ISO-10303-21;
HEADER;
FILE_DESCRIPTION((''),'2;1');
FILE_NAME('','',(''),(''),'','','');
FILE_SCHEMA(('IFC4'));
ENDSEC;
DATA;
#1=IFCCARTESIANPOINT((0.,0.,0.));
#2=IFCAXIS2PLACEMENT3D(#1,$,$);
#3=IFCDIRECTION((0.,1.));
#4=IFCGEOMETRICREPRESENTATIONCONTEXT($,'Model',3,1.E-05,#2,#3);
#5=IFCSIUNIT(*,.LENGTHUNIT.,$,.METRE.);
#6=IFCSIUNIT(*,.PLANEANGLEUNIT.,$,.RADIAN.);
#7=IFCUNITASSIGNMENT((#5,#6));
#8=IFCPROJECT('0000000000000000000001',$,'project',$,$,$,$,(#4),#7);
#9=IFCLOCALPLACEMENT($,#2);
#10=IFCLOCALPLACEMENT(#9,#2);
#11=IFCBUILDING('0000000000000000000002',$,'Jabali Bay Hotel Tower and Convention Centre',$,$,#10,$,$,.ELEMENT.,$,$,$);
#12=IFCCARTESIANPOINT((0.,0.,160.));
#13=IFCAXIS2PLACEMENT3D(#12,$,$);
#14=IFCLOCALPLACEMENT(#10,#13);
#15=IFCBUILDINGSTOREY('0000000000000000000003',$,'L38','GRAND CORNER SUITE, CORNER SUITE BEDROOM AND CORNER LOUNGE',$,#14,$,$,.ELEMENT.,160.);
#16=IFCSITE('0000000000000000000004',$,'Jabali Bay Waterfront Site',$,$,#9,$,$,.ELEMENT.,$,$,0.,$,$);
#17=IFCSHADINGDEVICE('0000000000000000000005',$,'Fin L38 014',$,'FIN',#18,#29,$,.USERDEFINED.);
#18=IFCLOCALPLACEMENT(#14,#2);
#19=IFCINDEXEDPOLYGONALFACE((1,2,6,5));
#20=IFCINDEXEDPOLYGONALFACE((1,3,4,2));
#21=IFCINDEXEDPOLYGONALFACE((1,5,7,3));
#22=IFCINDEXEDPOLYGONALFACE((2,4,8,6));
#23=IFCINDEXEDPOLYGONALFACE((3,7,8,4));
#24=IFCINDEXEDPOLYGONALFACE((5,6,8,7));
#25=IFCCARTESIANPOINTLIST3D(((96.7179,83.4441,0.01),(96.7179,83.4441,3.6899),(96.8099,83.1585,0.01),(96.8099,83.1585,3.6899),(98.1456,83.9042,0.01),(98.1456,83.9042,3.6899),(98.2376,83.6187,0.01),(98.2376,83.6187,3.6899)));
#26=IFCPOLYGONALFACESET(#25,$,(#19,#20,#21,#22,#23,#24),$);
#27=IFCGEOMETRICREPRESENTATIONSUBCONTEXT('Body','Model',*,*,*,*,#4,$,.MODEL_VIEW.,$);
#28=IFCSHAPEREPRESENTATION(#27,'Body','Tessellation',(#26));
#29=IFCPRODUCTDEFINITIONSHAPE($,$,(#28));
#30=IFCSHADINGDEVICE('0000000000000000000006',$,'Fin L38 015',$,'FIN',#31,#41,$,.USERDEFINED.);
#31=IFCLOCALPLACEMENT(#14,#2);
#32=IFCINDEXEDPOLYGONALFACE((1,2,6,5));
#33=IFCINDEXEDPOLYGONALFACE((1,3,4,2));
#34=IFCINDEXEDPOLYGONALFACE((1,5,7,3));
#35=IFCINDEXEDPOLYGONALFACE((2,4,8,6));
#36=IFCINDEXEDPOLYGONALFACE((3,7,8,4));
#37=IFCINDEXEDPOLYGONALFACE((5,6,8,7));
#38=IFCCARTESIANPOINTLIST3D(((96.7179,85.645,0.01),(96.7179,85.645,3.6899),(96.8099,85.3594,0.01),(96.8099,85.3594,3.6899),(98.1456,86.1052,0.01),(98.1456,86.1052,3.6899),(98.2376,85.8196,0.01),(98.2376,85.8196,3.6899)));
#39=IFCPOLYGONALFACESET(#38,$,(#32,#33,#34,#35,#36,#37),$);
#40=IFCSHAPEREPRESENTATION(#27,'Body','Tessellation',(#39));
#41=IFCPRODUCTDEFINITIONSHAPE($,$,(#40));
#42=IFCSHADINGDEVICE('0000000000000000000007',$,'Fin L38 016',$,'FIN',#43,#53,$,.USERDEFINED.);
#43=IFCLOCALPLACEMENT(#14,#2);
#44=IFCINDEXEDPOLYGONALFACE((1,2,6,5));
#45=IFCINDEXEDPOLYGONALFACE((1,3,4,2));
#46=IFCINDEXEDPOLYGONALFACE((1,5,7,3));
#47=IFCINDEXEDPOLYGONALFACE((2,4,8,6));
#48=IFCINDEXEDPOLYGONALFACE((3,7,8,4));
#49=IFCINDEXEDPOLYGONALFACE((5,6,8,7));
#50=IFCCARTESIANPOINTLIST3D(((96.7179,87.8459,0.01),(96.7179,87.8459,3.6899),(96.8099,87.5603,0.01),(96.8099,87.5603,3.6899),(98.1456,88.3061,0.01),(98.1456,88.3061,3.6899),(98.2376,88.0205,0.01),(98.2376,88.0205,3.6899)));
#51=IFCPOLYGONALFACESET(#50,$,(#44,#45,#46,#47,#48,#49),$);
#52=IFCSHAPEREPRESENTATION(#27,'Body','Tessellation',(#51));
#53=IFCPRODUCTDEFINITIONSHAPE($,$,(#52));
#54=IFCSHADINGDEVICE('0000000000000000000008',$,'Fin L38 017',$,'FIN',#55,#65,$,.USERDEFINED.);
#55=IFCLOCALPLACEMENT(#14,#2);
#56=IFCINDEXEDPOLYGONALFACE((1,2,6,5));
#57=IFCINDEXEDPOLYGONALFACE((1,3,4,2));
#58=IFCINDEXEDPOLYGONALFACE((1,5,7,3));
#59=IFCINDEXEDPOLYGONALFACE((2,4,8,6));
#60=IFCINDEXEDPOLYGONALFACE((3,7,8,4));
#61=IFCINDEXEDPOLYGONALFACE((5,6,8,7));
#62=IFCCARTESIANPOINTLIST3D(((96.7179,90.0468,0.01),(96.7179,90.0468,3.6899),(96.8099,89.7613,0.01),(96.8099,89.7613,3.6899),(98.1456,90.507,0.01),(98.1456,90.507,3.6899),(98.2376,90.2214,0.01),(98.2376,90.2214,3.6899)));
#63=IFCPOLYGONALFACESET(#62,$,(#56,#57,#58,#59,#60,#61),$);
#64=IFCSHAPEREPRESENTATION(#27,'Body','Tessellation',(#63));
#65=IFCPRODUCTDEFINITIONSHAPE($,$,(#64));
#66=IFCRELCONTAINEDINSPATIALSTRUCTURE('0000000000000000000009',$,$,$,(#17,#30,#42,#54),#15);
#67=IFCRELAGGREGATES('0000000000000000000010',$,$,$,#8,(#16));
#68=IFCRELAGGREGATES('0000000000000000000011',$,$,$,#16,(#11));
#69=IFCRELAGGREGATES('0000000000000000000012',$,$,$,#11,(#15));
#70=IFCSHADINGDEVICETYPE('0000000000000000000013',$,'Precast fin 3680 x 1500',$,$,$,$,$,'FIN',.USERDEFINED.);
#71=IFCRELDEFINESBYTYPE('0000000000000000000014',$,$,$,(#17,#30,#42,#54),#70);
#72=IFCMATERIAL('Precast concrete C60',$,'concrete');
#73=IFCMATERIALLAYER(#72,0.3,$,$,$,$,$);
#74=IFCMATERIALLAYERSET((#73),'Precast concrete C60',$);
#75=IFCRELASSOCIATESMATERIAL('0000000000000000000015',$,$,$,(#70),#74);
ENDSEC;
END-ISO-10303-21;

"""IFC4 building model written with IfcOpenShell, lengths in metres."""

from ifc_helpers import new_model, si_unit, direction, frame, frame_2d, origin, place, context, subcontext, project, spatial, rectangle, extrude, material, layer, layer_set, type_object, element, save


model = new_model("IFC4")

# Units and contexts
model_context = context("Model", 3, precision=1e-05, world=origin(), true_north=direction((0.0, 1.0)))
body_context = subcontext(model_context, "Body", "Model", "MODEL_VIEW")
ifc_project = project(units=[si_unit("LENGTHUNIT", "METRE"), si_unit("PLANEANGLEUNIT", "RADIAN")], contexts=[model_context])

# Site, building, storey
site_placement = place(None, origin())
site = spatial("IfcSite", under=ifc_project, at=site_placement, Name="Jabali Bay Waterfront Site", CompositionType="ELEMENT", RefElevation=0.0)
building_placement = place(site_placement, origin())
building = spatial("IfcBuilding", under=site, at=building_placement, Name="Jabali Bay Hotel Tower and Convention Centre", CompositionType="ELEMENT")
storey_placement = place(building_placement, frame((0.0, 0.0, 160.0)))
storey = spatial("IfcBuildingStorey", under=building, at=storey_placement, Name="L38", Description="GRAND CORNER SUITE, CORNER SUITE BEDROOM AND CORNER LOUNGE", CompositionType="ELEMENT", Elevation=160.0)

# Shading devices
ifc_material_1 = material(Name="Precast concrete C60", Category="concrete")
ifc_layer_1 = layer(ifc_material_1, 0.3)
ifc_layer_set_1 = layer_set([ifc_layer_1], Name="Precast concrete C60")
shading_device_type = type_object("IfcShadingDeviceType", Name="Precast fin 3680 x 1500", ElementType="FIN", PredefinedType="USERDEFINED", material=ifc_layer_set_1)
for number, where, z_axis, x_axis, name in (
    (1, (96.7639, 83.3013, 0.01), (0.0, 0.0, 1.0), (0.951778, 0.306789, 0.0), "Fin L38 014"),
    (2, (96.7639, 85.5022, 0.01), (0.0, 0.0, 1.0), (0.951778, 0.306789, 0.0), "Fin L38 015"),
    (3, (96.7639, 87.7031, 0.01), (0.0, 0.0, 1.0), (0.951778, 0.306789, 0.0), "Fin L38 016"),
    (4, (96.7639, 89.9041, 0.01), (0.0, 0.0, 1.0), (0.951778, 0.306789, 0.0), "Fin L38 017"),
):
    element("IfcShadingDevice", number, at=place(storey_placement, frame(where, z_axis=z_axis, x_axis=x_axis)), inside=storey, type_object=shading_device_type, Name=name, ObjectType="FIN", PredefinedType="USERDEFINED", context=body_context, shape_type="SweptSolid", body=[
        extrude(rectangle(XDim=1.5, YDim=0.3, at=frame_2d((0.75, 0.0))), origin(), (0.0, 0.0, 1.0), 3.6799),
    ])

save(model, "model.ifc")
